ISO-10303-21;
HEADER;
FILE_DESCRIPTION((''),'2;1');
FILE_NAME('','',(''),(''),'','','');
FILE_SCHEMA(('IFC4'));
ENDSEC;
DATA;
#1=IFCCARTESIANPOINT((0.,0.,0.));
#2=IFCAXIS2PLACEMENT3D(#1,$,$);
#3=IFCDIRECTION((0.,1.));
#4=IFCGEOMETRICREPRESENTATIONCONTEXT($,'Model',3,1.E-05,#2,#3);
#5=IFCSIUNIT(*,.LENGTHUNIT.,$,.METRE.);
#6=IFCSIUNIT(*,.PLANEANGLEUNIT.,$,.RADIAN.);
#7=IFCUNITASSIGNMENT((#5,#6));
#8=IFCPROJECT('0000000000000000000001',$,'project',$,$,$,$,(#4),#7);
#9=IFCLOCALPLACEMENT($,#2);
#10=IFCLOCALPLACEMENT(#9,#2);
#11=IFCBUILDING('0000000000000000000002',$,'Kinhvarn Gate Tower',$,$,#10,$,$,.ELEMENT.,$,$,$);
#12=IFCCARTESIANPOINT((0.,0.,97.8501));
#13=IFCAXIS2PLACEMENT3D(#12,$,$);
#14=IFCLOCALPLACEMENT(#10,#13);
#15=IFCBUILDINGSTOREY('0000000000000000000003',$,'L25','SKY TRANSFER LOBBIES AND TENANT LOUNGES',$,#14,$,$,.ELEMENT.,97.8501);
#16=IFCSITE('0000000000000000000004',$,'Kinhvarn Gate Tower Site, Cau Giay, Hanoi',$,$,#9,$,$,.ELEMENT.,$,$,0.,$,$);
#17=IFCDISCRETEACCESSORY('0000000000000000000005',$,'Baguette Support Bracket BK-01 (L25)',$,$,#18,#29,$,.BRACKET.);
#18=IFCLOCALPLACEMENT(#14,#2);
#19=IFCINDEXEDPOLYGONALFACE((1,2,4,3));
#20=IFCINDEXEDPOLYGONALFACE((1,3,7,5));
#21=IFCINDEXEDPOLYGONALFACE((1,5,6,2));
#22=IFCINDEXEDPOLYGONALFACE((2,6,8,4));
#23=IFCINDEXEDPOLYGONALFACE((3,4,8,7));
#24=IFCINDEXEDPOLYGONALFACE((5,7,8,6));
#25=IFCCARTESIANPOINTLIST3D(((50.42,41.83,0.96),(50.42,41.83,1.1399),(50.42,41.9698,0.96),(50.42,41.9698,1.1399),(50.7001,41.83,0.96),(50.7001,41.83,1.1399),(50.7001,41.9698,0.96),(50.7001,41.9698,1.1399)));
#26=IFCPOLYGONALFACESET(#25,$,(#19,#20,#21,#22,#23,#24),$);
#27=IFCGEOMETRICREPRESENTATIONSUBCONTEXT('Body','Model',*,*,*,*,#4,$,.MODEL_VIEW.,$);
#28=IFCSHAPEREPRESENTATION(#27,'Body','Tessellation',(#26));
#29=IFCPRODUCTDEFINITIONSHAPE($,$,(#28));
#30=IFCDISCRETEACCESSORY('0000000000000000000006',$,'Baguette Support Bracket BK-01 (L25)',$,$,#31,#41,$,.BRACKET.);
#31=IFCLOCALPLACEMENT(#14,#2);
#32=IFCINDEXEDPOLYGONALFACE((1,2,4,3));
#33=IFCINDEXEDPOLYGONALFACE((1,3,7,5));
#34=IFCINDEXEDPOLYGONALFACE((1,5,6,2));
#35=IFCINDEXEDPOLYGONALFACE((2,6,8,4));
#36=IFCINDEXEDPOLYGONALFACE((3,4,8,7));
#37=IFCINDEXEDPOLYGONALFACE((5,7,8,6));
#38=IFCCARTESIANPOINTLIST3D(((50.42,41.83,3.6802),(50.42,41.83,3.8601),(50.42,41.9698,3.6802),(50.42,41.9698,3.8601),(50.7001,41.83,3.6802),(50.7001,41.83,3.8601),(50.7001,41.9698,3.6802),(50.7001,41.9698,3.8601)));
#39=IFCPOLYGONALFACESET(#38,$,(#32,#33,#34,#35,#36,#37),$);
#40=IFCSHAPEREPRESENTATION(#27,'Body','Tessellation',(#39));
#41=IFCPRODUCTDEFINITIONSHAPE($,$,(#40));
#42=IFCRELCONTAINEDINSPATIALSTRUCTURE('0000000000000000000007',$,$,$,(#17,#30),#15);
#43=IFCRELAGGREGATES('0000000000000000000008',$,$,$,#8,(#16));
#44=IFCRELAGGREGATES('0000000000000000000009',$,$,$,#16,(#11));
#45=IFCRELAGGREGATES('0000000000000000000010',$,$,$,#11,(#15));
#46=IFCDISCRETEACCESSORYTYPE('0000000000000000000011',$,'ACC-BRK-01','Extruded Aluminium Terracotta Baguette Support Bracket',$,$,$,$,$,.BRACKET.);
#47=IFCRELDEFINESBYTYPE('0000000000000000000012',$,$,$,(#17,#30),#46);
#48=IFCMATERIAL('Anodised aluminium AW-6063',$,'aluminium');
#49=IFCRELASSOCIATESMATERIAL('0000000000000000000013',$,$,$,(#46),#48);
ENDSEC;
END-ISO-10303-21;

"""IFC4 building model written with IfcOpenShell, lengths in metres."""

from ifc_helpers import new_model, si_unit, direction, frame, origin, origin_2d, place, context, subcontext, project, spatial, rectangle, extrude, material, type_object, element, save


model = new_model("IFC4")

# Units and contexts
model_context = context("Model", 3, precision=1e-05, world=origin(), true_north=direction((0.0, 1.0)))
body_context = subcontext(model_context, "Body", "Model", "MODEL_VIEW")
ifc_project = project(units=[si_unit("LENGTHUNIT", "METRE"), si_unit("PLANEANGLEUNIT", "RADIAN")], contexts=[model_context])

# Site, building, storey
site_placement = place(None, origin())
site = spatial("IfcSite", under=ifc_project, at=site_placement, Name="Kinhvarn Gate Tower Site, Cau Giay, Hanoi", CompositionType="ELEMENT", RefElevation=0.0)
building_placement = place(site_placement, origin())
building = spatial("IfcBuilding", under=site, at=building_placement, Name="Kinhvarn Gate Tower", CompositionType="ELEMENT")
storey_placement = place(building_placement, frame((0.0, 0.0, 97.8501)))
storey = spatial("IfcBuildingStorey", under=building, at=storey_placement, Name="L25", Description="SKY TRANSFER LOBBIES AND TENANT LOUNGES", CompositionType="ELEMENT", Elevation=97.8501)

# Shared definitions
ifc_material_1 = material(Name="Anodised aluminium AW-6063", Category="aluminium")

# Discrete accessories
discrete_accessory_type = type_object("IfcDiscreteAccessoryType", Name="ACC-BRK-01", Description="Extruded Aluminium Terracotta Baguette Support Bracket", PredefinedType="BRACKET", material=ifc_material_1)
for number, where, z_axis, x_axis, name in (
    (1, (50.5601, 41.8999, 0.96), (0.0, 0.0, 1.0), (0.0, 1.0, 0.0), "Baguette Support Bracket BK-01 (L25)"),
    (2, (50.5601, 41.8999, 3.6802), (0.0, 0.0, 1.0), (0.0, 1.0, 0.0), "Baguette Support Bracket BK-01 (L25)"),
):
    element("IfcDiscreteAccessory", number, at=place(storey_placement, frame(where, z_axis=z_axis, x_axis=x_axis)), inside=storey, type_object=discrete_accessory_type, Name=name, PredefinedType="BRACKET", context=body_context, shape_type="SweptSolid", body=[
        extrude(rectangle(XDim=0.1399, YDim=0.28, at=origin_2d()), origin(), (0.0, 0.0, 1.0), 0.1799),
    ])

save(model, "model.ifc")
